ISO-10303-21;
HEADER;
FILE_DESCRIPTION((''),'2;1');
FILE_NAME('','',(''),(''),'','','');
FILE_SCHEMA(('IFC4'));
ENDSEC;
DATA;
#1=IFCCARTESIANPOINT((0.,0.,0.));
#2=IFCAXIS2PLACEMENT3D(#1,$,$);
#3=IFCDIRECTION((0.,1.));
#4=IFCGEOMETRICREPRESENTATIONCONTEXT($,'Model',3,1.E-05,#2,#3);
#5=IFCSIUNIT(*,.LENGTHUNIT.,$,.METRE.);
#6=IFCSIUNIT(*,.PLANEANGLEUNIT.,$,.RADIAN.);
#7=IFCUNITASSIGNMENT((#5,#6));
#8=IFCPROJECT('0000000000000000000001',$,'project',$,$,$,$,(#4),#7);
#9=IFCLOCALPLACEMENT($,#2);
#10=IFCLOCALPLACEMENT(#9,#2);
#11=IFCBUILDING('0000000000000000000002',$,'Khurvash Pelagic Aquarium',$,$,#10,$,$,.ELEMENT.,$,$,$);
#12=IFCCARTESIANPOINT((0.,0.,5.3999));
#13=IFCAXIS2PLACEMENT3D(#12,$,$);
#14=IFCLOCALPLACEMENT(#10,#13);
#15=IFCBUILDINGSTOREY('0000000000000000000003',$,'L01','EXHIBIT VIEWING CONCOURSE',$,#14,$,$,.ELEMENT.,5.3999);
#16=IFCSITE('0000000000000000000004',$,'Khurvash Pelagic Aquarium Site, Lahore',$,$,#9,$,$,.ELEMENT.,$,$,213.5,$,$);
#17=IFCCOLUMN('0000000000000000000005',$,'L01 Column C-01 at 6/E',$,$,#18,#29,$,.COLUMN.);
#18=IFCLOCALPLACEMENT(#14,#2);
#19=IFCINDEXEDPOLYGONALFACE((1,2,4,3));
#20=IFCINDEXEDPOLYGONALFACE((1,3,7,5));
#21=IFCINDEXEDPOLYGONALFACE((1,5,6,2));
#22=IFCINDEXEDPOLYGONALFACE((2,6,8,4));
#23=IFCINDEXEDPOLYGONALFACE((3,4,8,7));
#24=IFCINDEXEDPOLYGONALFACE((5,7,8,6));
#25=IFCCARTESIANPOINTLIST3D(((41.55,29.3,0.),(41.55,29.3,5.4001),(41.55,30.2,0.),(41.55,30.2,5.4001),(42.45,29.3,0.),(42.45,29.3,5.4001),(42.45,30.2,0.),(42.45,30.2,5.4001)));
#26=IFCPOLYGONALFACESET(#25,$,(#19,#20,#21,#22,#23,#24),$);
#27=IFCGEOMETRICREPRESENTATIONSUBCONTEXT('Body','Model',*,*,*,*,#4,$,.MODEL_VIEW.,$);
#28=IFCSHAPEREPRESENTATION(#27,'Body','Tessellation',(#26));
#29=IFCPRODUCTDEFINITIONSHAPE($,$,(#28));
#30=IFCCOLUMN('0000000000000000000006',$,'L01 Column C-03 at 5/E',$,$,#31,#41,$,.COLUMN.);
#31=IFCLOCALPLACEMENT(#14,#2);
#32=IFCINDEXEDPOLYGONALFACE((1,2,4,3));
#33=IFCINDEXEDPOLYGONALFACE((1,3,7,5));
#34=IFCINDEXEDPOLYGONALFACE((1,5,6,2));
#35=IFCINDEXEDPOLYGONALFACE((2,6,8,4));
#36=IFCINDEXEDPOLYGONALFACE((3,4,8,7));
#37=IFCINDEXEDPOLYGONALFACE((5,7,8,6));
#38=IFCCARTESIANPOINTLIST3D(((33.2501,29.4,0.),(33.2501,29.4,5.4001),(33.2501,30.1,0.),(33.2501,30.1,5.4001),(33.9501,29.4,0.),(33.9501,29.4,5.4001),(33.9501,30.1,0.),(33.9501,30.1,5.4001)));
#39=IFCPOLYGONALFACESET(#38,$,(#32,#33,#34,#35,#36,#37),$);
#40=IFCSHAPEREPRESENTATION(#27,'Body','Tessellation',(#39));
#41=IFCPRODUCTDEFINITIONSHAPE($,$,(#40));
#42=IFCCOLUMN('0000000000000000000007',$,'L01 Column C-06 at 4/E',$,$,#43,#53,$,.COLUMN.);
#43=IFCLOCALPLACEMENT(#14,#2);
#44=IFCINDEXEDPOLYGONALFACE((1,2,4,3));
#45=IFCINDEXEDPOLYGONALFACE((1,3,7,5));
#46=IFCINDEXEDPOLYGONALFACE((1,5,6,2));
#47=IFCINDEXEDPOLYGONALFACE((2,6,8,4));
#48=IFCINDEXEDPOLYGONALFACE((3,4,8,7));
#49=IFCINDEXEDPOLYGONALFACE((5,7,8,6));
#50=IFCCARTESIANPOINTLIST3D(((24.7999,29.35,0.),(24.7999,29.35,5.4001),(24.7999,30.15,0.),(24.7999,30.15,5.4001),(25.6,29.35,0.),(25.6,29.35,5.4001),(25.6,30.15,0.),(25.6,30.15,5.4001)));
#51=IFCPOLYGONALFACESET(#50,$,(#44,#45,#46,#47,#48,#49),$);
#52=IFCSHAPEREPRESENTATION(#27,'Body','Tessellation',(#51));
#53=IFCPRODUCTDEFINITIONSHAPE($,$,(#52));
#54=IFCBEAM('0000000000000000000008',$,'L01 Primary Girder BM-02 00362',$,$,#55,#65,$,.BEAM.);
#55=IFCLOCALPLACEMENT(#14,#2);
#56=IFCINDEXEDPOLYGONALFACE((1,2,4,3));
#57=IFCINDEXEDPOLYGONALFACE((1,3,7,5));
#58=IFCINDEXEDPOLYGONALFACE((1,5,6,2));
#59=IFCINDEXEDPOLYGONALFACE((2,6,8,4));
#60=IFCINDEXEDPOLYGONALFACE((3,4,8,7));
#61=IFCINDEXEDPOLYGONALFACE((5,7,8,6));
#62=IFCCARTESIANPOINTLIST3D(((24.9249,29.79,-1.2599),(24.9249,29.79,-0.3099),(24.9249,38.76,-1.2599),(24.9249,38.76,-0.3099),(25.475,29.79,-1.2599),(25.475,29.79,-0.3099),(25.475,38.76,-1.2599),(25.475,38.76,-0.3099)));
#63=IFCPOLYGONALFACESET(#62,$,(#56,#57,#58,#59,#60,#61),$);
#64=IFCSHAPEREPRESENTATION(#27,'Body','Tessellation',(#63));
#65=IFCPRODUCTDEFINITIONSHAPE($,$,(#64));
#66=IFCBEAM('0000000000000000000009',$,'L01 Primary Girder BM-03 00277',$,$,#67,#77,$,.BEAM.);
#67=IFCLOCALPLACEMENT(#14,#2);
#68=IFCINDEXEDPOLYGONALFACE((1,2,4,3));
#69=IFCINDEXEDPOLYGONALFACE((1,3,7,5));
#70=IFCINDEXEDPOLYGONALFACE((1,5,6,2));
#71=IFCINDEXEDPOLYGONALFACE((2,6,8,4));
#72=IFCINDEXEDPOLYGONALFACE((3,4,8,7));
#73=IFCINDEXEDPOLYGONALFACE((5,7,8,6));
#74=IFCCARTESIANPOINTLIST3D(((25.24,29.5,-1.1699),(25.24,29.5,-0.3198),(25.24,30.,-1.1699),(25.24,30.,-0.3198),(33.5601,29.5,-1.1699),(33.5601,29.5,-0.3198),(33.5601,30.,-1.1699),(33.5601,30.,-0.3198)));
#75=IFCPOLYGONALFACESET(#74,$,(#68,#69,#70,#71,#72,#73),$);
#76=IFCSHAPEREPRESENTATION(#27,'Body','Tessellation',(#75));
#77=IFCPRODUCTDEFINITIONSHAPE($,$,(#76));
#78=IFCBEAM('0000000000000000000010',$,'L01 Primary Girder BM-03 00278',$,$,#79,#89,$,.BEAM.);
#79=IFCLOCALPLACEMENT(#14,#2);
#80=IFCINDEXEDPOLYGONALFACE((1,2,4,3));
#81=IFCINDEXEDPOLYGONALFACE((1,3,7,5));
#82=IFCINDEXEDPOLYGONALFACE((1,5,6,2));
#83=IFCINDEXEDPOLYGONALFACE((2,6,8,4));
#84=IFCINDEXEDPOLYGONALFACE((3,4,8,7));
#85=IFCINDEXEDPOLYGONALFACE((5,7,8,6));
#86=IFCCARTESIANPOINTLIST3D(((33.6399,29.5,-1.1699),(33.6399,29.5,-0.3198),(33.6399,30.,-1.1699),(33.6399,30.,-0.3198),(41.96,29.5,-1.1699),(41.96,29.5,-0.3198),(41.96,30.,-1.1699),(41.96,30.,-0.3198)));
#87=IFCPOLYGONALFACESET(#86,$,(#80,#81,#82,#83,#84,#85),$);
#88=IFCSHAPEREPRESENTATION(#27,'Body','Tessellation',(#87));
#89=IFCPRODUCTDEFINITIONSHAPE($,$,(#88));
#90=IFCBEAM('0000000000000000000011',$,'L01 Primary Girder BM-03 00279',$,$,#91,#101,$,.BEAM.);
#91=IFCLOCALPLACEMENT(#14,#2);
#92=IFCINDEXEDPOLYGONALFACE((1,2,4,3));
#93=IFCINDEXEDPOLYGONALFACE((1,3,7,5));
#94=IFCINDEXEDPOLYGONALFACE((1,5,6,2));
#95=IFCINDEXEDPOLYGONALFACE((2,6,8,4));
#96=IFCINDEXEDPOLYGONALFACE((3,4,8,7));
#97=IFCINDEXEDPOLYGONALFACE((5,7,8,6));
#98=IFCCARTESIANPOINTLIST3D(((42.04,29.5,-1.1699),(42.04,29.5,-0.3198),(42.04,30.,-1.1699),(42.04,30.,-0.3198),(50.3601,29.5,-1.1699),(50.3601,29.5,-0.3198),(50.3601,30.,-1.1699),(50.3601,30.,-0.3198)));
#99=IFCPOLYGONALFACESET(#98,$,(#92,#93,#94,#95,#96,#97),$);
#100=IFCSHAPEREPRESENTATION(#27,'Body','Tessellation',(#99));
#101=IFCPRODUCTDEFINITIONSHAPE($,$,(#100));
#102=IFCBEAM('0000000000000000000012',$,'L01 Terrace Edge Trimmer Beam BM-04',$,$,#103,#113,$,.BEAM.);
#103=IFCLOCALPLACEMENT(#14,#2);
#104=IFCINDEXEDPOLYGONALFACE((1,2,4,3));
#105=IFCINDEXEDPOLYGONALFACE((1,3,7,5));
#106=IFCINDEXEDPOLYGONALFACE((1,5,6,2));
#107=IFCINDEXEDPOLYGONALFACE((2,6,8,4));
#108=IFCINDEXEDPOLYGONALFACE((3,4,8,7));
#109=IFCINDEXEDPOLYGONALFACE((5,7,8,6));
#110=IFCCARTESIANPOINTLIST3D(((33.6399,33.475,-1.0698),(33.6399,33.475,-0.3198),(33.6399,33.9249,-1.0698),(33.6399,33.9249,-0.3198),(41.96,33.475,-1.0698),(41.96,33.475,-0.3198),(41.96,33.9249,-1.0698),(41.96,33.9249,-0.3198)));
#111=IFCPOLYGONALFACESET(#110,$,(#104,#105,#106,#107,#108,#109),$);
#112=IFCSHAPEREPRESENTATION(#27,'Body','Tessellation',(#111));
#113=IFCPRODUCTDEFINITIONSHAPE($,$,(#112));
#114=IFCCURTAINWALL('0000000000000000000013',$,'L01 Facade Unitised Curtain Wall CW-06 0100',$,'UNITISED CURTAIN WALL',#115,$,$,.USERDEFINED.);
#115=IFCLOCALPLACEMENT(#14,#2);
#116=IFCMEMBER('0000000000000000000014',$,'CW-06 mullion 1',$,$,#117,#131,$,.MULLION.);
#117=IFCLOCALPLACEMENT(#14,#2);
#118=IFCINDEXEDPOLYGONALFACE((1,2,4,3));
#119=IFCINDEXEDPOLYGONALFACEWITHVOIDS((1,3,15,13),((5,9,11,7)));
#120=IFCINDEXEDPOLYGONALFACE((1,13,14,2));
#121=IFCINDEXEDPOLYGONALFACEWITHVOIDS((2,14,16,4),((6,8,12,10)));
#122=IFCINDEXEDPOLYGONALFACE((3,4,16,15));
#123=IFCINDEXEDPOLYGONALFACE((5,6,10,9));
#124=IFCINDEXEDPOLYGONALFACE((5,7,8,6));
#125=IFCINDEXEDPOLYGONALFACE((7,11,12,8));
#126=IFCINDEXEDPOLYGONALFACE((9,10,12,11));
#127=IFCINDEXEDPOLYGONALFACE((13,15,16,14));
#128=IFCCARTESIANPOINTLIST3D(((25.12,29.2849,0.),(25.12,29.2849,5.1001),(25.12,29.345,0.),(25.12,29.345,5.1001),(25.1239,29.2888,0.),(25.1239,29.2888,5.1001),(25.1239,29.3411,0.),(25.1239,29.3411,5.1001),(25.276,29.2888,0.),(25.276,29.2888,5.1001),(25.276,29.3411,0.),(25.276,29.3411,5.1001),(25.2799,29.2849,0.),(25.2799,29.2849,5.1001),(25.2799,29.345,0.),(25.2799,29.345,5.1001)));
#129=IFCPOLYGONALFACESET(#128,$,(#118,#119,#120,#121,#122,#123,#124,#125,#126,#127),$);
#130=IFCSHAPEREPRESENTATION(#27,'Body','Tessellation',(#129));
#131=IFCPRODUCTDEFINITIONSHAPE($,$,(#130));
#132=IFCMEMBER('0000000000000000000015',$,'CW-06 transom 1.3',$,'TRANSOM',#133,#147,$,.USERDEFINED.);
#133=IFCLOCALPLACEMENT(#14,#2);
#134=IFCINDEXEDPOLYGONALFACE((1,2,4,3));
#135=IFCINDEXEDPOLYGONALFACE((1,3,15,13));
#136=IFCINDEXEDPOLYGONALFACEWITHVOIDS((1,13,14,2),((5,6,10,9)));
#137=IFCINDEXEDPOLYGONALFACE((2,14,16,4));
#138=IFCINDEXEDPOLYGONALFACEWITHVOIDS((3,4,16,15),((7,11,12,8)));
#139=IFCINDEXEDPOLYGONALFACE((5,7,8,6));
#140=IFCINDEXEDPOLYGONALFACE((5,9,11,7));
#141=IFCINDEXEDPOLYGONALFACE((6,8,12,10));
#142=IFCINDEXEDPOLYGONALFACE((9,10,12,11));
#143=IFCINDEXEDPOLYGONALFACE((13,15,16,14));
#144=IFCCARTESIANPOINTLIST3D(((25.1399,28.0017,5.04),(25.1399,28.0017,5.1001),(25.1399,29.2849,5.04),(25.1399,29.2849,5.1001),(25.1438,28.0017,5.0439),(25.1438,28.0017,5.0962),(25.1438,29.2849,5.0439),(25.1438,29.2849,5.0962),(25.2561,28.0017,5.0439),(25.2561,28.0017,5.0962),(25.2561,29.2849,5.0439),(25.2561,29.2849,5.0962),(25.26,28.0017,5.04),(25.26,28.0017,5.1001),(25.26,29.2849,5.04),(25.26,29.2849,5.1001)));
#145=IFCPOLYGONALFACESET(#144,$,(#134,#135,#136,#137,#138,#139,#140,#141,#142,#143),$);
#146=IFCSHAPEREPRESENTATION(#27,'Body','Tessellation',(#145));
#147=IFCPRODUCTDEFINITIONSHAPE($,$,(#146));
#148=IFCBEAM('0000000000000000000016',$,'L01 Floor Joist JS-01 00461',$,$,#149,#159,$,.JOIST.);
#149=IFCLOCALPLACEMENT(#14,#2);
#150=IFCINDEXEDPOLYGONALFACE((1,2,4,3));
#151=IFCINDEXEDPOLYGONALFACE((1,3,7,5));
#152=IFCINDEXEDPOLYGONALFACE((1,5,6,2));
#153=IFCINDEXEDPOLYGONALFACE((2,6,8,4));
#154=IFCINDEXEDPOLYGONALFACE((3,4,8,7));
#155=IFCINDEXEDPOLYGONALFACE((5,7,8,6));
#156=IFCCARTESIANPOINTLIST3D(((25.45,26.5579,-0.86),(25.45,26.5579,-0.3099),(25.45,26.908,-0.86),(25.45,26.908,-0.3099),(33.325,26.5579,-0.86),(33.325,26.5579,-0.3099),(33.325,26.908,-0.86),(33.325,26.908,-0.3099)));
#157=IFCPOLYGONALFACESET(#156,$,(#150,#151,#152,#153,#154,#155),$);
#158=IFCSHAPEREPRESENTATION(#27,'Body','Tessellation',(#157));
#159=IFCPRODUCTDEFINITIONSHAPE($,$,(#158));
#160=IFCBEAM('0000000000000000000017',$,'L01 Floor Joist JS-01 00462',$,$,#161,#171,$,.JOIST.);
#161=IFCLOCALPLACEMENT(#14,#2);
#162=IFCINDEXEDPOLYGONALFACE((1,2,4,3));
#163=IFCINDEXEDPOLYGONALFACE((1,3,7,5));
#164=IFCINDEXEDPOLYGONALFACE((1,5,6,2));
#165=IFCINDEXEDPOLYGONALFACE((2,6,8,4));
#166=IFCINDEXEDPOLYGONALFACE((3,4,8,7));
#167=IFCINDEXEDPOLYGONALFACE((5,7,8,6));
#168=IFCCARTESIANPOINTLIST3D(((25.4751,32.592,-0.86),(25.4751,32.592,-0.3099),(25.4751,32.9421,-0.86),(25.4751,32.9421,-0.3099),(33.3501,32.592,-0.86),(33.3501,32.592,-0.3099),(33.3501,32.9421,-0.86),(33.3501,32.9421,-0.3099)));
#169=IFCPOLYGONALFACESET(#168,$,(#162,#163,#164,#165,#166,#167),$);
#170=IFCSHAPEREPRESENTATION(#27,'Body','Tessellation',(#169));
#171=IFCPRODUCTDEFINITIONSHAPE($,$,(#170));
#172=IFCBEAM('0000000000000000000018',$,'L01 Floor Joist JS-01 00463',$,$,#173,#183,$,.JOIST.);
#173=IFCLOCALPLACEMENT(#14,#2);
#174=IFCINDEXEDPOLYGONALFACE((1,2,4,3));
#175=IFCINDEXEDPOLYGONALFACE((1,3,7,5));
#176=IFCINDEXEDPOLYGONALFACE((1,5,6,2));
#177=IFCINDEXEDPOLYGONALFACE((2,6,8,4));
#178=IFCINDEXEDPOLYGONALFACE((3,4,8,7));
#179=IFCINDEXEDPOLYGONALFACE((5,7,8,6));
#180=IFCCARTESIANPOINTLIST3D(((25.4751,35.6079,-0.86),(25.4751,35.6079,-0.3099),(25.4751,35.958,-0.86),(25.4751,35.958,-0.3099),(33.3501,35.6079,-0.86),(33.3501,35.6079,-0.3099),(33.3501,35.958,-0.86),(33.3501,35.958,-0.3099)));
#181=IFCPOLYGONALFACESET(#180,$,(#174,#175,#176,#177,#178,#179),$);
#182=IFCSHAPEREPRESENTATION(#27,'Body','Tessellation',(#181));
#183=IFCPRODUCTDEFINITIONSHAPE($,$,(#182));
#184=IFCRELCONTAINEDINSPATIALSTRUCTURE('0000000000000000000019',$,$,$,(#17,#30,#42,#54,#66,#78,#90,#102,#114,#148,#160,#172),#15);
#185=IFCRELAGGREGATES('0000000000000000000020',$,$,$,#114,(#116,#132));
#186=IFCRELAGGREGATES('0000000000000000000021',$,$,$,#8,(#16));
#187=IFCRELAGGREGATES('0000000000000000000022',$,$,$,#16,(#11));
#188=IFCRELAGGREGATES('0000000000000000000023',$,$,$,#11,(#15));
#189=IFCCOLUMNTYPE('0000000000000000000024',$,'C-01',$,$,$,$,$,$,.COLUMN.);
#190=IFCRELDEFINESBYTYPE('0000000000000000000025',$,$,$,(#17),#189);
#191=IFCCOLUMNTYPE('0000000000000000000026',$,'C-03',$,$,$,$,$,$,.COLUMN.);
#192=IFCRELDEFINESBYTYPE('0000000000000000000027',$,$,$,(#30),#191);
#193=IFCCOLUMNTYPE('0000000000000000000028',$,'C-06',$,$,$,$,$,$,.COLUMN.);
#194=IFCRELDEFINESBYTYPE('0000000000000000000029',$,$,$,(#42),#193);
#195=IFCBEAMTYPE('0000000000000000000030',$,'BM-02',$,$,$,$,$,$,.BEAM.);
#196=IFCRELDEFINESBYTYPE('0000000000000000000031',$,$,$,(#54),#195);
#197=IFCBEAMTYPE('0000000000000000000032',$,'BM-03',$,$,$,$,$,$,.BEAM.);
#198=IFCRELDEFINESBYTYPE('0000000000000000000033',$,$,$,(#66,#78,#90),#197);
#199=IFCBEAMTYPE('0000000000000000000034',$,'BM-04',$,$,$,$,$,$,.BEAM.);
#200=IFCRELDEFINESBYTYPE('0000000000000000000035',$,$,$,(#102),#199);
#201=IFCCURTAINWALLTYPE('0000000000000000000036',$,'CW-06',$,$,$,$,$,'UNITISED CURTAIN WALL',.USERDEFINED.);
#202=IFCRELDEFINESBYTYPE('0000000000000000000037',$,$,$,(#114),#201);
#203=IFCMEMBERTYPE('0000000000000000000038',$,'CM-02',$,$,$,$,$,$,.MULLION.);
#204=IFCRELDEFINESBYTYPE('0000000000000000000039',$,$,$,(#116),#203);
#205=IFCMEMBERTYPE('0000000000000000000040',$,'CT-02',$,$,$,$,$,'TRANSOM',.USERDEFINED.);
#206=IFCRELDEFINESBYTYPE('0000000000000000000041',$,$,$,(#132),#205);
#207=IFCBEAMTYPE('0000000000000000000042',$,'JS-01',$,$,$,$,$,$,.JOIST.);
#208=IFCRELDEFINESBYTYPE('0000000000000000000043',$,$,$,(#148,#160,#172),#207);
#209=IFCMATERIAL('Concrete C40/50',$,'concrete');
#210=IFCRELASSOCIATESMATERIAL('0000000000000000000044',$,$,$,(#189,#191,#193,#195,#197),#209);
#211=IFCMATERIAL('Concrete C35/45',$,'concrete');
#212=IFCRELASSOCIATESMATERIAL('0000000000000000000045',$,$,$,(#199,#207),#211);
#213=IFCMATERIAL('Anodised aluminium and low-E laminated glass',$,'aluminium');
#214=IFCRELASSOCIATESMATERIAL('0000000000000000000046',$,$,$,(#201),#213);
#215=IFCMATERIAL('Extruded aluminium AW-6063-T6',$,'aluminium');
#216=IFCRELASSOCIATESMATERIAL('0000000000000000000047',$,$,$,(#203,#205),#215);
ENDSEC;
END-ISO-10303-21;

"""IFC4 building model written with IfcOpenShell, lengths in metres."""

from ifc_helpers import new_model, si_unit, direction, frame, origin, origin_2d, place, context, subcontext, project, spatial, rectangle, hollow_rectangle, extrude, material, material_profile, profile_set, type_object, element, aggregate, save


model = new_model("IFC4")

# Units and contexts
model_context = context("Model", 3, precision=1e-05, world=origin(), true_north=direction((0.0, 1.0)))
body_context = subcontext(model_context, "Body", "Model", "MODEL_VIEW")
ifc_project = project(units=[si_unit("LENGTHUNIT", "METRE"), si_unit("PLANEANGLEUNIT", "RADIAN")], contexts=[model_context])

# Site, building, storey
site_placement = place(None, origin())
site = spatial("IfcSite", under=ifc_project, at=site_placement, Name="Khurvash Pelagic Aquarium Site, Lahore", CompositionType="ELEMENT", RefElevation=213.5)
building_placement = place(site_placement, origin())
building = spatial("IfcBuilding", under=site, at=building_placement, Name="Khurvash Pelagic Aquarium", CompositionType="ELEMENT")
storey_placement = place(building_placement, frame((0.0, 0.0, 5.3999)))
storey = spatial("IfcBuildingStorey", under=building, at=storey_placement, Name="L01", Description="EXHIBIT VIEWING CONCOURSE", CompositionType="ELEMENT", Elevation=5.3999)

# Columns
ifc_material_1 = material(Name="Concrete C40/50", Category="concrete")
ifc_material_profile_1 = material_profile(ifc_material_1, rectangle(XDim=0.8999, YDim=0.8999, at=origin_2d()), Name="RC900X900")
ifc_profile_set_1 = profile_set([ifc_material_profile_1], Name="Concrete C40/50")
column_type_1 = type_object("IfcColumnType", Name="C-01", PredefinedType="COLUMN", material=ifc_profile_set_1)
column_1_placement = place(storey_placement, frame((42.0, 29.75, 0.0), z_axis=(0.0, 0.0, 1.0), x_axis=(1.0, 0.0, 0.0)))
element("IfcColumn", 1, at=column_1_placement, inside=storey, type_object=column_type_1, Name="L01 Column C-01 at 6/E", PredefinedType="COLUMN", context=body_context, shape_type="SweptSolid", body=[
    extrude(rectangle(XDim=0.8999, YDim=0.8999, at=origin_2d()), origin(), (0.0, 0.0, 1.0), 5.4001),
])
ifc_material_profile_2 = material_profile(ifc_material_1, rectangle(XDim=0.7, YDim=0.7, at=origin_2d()), Name="RC700X700")
ifc_profile_set_2 = profile_set([ifc_material_profile_2], Name="Concrete C40/50")
column_type_2 = type_object("IfcColumnType", Name="C-03", PredefinedType="COLUMN", material=ifc_profile_set_2)
column_2_placement = place(storey_placement, frame((33.6001, 29.75, 0.0), z_axis=(0.0, 0.0, 1.0), x_axis=(1.0, 0.0, 0.0)))
element("IfcColumn", 2, at=column_2_placement, inside=storey, type_object=column_type_2, Name="L01 Column C-03 at 5/E", PredefinedType="COLUMN", context=body_context, shape_type="SweptSolid", body=[
    extrude(rectangle(XDim=0.7, YDim=0.7, at=origin_2d()), origin(), (0.0, 0.0, 1.0), 5.4001),
])
ifc_material_profile_3 = material_profile(ifc_material_1, rectangle(XDim=0.8, YDim=0.8, at=origin_2d()), Name="RC800X800")
ifc_profile_set_3 = profile_set([ifc_material_profile_3], Name="Concrete C40/50")
column_type_3 = type_object("IfcColumnType", Name="C-06", PredefinedType="COLUMN", material=ifc_profile_set_3)
column_3_placement = place(storey_placement, frame((25.2, 29.75, 0.0), z_axis=(0.0, 0.0, 1.0), x_axis=(1.0, 0.0, 0.0)))
element("IfcColumn", 3, at=column_3_placement, inside=storey, type_object=column_type_3, Name="L01 Column C-06 at 4/E", PredefinedType="COLUMN", context=body_context, shape_type="SweptSolid", body=[
    extrude(rectangle(XDim=0.8, YDim=0.8, at=origin_2d()), origin(), (0.0, 0.0, 1.0), 5.4001),
])

# Beams
ifc_material_profile_4 = material_profile(ifc_material_1, rectangle(XDim=0.55, YDim=0.95, at=origin_2d()), Name="RC550X950")
ifc_profile_set_4 = profile_set([ifc_material_profile_4], Name="Concrete C40/50")
beam_type_1 = type_object("IfcBeamType", Name="BM-02", PredefinedType="BEAM", material=ifc_profile_set_4)
beam_1_placement = place(storey_placement, frame((25.2, 29.79, -0.7849), z_axis=(0.0, 1.0, 0.0), x_axis=(-1.0, 0.0, 0.0)))
element("IfcBeam", 4, at=beam_1_placement, inside=storey, type_object=beam_type_1, Name="L01 Primary Girder BM-02 00362", PredefinedType="BEAM", context=body_context, shape_type="SweptSolid", body=[
    extrude(rectangle(XDim=0.55, YDim=0.95, at=origin_2d()), origin(), (0.0, 0.0, 1.0), 8.97),
])
ifc_material_profile_5 = material_profile(ifc_material_1, rectangle(XDim=0.5, YDim=0.8501, at=origin_2d()), Name="RC500X850")
ifc_profile_set_5 = profile_set([ifc_material_profile_5], Name="Concrete C40/50")
beam_type_2 = type_object("IfcBeamType", Name="BM-03", PredefinedType="BEAM", material=ifc_profile_set_5)
for number, where, z_axis, x_axis, name in (
    (5, (25.24, 29.75, -0.7449), (1.0, 0.0, 0.0), (0.0, 1.0, 0.0), "L01 Primary Girder BM-03 00277"),
    (6, (33.6399, 29.75, -0.7449), (1.0, 0.0, 0.0), (0.0, 1.0, 0.0), "L01 Primary Girder BM-03 00278"),
    (7, (42.04, 29.75, -0.7449), (1.0, 0.0, 0.0), (0.0, 1.0, 0.0), "L01 Primary Girder BM-03 00279"),
):
    element("IfcBeam", number, at=place(storey_placement, frame(where, z_axis=z_axis, x_axis=x_axis)), inside=storey, type_object=beam_type_2, Name=name, PredefinedType="BEAM", context=body_context, shape_type="SweptSolid", body=[
        extrude(rectangle(XDim=0.5, YDim=0.8501, at=origin_2d()), origin(), (0.0, 0.0, 1.0), 8.3201),
    ])
ifc_material_2 = material(Name="Concrete C35/45", Category="concrete")
ifc_material_profile_6 = material_profile(ifc_material_2, rectangle(XDim=0.45, YDim=0.75, at=origin_2d()), Name="RC450X750")
ifc_profile_set_6 = profile_set([ifc_material_profile_6], Name="Concrete C35/45")
beam_type_3 = type_object("IfcBeamType", Name="BM-04", PredefinedType="BEAM", material=ifc_profile_set_6)
beam_2_placement = place(storey_placement, frame((33.6399, 33.7, -0.6948), z_axis=(1.0, 0.0, 0.0), x_axis=(0.0, 1.0, 0.0)))
element("IfcBeam", 8, at=beam_2_placement, inside=storey, type_object=beam_type_3, Name="L01 Terrace Edge Trimmer Beam BM-04", PredefinedType="BEAM", context=body_context, shape_type="SweptSolid", body=[
    extrude(rectangle(XDim=0.45, YDim=0.75, at=origin_2d()), origin(), (0.0, 0.0, 1.0), 8.3201),
])

# Curtain wall, members
ifc_material_3 = material(Name="Anodised aluminium and low-E laminated glass", Category="aluminium")
curtain_wall_type = type_object("IfcCurtainWallType", Name="CW-06", ElementType="UNITISED CURTAIN WALL", PredefinedType="USERDEFINED", material=ifc_material_3)
curtain_wall_placement = place(storey_placement, origin())
curtain_wall = element("IfcCurtainWall", 9, at=curtain_wall_placement, inside=storey, type_object=curtain_wall_type, Name="L01 Facade Unitised Curtain Wall CW-06 0100", ObjectType="UNITISED CURTAIN WALL", PredefinedType="USERDEFINED")
ifc_material_4 = material(Name="Extruded aluminium AW-6063-T6", Category="aluminium")
ifc_material_profile_7 = material_profile(ifc_material_4, hollow_rectangle(XDim=0.0601, YDim=0.1599, WallThickness=0.0039, at=origin_2d()), Name="CWM60X160X4")
ifc_profile_set_7 = profile_set([ifc_material_profile_7], Name="Extruded aluminium AW-6063-T6")
member_type_1 = type_object("IfcMemberType", Name="CM-02", PredefinedType="MULLION", material=ifc_profile_set_7)
member_1_placement = place(storey_placement, frame((25.2, 29.3149, 0.0), z_axis=(0.0, 0.0, 1.0), x_axis=(0.0, -1.0, 0.0)))
member_1 = element("IfcMember", 10, at=member_1_placement, type_object=member_type_1, Name="CW-06 mullion 1", PredefinedType="MULLION", context=body_context, shape_type="SweptSolid", body=[
    extrude(hollow_rectangle(XDim=0.0601, YDim=0.1599, WallThickness=0.0039, at=origin_2d()), origin(), (0.0, 0.0, 1.0), 5.1001),
])
ifc_material_profile_8 = material_profile(ifc_material_4, hollow_rectangle(XDim=0.1201, YDim=0.0601, WallThickness=0.0039, at=origin_2d()), Name="CWT120X60X4")
ifc_profile_set_8 = profile_set([ifc_material_profile_8], Name="Extruded aluminium AW-6063-T6")
member_type_2 = type_object("IfcMemberType", Name="CT-02", ElementType="TRANSOM", PredefinedType="USERDEFINED", material=ifc_profile_set_8)
member_2_placement = place(storey_placement, frame((25.2, 29.2849, 5.0701), z_axis=(0.0, -1.0, 0.0), x_axis=(1.0, 0.0, 0.0)))
member_2 = element("IfcMember", 11, at=member_2_placement, type_object=member_type_2, Name="CW-06 transom 1.3", ObjectType="TRANSOM", PredefinedType="USERDEFINED", context=body_context, shape_type="SweptSolid", body=[
    extrude(hollow_rectangle(XDim=0.1201, YDim=0.0601, WallThickness=0.0039, at=origin_2d()), origin(), (0.0, 0.0, 1.0), 1.2832),
])
aggregate(curtain_wall, [member_1, member_2])

# Beams
ifc_material_profile_9 = material_profile(ifc_material_2, rectangle(XDim=0.3501, YDim=0.55, at=origin_2d()), Name="RC350X550")
ifc_profile_set_9 = profile_set([ifc_material_profile_9], Name="Concrete C35/45")
beam_type_4 = type_object("IfcBeamType", Name="JS-01", PredefinedType="JOIST", material=ifc_profile_set_9)
for number, where, z_axis, x_axis, name in (
    (12, (25.45, 26.7329, -0.585), (1.0, 0.0, 0.0), (0.0, 1.0, 0.0), "L01 Floor Joist JS-01 00461"),
    (13, (25.4751, 32.7671, -0.585), (1.0, 0.0, 0.0), (0.0, 1.0, 0.0), "L01 Floor Joist JS-01 00462"),
    (14, (25.4751, 35.783, -0.585), (1.0, 0.0, 0.0), (0.0, 1.0, 0.0), "L01 Floor Joist JS-01 00463"),
):
    element("IfcBeam", number, at=place(storey_placement, frame(where, z_axis=z_axis, x_axis=x_axis)), inside=storey, type_object=beam_type_4, Name=name, PredefinedType="JOIST", context=body_context, shape_type="SweptSolid", body=[
        extrude(rectangle(XDim=0.3501, YDim=0.55, at=origin_2d()), origin(), (0.0, 0.0, 1.0), 7.875),
    ])

save(model, "model.ifc")
